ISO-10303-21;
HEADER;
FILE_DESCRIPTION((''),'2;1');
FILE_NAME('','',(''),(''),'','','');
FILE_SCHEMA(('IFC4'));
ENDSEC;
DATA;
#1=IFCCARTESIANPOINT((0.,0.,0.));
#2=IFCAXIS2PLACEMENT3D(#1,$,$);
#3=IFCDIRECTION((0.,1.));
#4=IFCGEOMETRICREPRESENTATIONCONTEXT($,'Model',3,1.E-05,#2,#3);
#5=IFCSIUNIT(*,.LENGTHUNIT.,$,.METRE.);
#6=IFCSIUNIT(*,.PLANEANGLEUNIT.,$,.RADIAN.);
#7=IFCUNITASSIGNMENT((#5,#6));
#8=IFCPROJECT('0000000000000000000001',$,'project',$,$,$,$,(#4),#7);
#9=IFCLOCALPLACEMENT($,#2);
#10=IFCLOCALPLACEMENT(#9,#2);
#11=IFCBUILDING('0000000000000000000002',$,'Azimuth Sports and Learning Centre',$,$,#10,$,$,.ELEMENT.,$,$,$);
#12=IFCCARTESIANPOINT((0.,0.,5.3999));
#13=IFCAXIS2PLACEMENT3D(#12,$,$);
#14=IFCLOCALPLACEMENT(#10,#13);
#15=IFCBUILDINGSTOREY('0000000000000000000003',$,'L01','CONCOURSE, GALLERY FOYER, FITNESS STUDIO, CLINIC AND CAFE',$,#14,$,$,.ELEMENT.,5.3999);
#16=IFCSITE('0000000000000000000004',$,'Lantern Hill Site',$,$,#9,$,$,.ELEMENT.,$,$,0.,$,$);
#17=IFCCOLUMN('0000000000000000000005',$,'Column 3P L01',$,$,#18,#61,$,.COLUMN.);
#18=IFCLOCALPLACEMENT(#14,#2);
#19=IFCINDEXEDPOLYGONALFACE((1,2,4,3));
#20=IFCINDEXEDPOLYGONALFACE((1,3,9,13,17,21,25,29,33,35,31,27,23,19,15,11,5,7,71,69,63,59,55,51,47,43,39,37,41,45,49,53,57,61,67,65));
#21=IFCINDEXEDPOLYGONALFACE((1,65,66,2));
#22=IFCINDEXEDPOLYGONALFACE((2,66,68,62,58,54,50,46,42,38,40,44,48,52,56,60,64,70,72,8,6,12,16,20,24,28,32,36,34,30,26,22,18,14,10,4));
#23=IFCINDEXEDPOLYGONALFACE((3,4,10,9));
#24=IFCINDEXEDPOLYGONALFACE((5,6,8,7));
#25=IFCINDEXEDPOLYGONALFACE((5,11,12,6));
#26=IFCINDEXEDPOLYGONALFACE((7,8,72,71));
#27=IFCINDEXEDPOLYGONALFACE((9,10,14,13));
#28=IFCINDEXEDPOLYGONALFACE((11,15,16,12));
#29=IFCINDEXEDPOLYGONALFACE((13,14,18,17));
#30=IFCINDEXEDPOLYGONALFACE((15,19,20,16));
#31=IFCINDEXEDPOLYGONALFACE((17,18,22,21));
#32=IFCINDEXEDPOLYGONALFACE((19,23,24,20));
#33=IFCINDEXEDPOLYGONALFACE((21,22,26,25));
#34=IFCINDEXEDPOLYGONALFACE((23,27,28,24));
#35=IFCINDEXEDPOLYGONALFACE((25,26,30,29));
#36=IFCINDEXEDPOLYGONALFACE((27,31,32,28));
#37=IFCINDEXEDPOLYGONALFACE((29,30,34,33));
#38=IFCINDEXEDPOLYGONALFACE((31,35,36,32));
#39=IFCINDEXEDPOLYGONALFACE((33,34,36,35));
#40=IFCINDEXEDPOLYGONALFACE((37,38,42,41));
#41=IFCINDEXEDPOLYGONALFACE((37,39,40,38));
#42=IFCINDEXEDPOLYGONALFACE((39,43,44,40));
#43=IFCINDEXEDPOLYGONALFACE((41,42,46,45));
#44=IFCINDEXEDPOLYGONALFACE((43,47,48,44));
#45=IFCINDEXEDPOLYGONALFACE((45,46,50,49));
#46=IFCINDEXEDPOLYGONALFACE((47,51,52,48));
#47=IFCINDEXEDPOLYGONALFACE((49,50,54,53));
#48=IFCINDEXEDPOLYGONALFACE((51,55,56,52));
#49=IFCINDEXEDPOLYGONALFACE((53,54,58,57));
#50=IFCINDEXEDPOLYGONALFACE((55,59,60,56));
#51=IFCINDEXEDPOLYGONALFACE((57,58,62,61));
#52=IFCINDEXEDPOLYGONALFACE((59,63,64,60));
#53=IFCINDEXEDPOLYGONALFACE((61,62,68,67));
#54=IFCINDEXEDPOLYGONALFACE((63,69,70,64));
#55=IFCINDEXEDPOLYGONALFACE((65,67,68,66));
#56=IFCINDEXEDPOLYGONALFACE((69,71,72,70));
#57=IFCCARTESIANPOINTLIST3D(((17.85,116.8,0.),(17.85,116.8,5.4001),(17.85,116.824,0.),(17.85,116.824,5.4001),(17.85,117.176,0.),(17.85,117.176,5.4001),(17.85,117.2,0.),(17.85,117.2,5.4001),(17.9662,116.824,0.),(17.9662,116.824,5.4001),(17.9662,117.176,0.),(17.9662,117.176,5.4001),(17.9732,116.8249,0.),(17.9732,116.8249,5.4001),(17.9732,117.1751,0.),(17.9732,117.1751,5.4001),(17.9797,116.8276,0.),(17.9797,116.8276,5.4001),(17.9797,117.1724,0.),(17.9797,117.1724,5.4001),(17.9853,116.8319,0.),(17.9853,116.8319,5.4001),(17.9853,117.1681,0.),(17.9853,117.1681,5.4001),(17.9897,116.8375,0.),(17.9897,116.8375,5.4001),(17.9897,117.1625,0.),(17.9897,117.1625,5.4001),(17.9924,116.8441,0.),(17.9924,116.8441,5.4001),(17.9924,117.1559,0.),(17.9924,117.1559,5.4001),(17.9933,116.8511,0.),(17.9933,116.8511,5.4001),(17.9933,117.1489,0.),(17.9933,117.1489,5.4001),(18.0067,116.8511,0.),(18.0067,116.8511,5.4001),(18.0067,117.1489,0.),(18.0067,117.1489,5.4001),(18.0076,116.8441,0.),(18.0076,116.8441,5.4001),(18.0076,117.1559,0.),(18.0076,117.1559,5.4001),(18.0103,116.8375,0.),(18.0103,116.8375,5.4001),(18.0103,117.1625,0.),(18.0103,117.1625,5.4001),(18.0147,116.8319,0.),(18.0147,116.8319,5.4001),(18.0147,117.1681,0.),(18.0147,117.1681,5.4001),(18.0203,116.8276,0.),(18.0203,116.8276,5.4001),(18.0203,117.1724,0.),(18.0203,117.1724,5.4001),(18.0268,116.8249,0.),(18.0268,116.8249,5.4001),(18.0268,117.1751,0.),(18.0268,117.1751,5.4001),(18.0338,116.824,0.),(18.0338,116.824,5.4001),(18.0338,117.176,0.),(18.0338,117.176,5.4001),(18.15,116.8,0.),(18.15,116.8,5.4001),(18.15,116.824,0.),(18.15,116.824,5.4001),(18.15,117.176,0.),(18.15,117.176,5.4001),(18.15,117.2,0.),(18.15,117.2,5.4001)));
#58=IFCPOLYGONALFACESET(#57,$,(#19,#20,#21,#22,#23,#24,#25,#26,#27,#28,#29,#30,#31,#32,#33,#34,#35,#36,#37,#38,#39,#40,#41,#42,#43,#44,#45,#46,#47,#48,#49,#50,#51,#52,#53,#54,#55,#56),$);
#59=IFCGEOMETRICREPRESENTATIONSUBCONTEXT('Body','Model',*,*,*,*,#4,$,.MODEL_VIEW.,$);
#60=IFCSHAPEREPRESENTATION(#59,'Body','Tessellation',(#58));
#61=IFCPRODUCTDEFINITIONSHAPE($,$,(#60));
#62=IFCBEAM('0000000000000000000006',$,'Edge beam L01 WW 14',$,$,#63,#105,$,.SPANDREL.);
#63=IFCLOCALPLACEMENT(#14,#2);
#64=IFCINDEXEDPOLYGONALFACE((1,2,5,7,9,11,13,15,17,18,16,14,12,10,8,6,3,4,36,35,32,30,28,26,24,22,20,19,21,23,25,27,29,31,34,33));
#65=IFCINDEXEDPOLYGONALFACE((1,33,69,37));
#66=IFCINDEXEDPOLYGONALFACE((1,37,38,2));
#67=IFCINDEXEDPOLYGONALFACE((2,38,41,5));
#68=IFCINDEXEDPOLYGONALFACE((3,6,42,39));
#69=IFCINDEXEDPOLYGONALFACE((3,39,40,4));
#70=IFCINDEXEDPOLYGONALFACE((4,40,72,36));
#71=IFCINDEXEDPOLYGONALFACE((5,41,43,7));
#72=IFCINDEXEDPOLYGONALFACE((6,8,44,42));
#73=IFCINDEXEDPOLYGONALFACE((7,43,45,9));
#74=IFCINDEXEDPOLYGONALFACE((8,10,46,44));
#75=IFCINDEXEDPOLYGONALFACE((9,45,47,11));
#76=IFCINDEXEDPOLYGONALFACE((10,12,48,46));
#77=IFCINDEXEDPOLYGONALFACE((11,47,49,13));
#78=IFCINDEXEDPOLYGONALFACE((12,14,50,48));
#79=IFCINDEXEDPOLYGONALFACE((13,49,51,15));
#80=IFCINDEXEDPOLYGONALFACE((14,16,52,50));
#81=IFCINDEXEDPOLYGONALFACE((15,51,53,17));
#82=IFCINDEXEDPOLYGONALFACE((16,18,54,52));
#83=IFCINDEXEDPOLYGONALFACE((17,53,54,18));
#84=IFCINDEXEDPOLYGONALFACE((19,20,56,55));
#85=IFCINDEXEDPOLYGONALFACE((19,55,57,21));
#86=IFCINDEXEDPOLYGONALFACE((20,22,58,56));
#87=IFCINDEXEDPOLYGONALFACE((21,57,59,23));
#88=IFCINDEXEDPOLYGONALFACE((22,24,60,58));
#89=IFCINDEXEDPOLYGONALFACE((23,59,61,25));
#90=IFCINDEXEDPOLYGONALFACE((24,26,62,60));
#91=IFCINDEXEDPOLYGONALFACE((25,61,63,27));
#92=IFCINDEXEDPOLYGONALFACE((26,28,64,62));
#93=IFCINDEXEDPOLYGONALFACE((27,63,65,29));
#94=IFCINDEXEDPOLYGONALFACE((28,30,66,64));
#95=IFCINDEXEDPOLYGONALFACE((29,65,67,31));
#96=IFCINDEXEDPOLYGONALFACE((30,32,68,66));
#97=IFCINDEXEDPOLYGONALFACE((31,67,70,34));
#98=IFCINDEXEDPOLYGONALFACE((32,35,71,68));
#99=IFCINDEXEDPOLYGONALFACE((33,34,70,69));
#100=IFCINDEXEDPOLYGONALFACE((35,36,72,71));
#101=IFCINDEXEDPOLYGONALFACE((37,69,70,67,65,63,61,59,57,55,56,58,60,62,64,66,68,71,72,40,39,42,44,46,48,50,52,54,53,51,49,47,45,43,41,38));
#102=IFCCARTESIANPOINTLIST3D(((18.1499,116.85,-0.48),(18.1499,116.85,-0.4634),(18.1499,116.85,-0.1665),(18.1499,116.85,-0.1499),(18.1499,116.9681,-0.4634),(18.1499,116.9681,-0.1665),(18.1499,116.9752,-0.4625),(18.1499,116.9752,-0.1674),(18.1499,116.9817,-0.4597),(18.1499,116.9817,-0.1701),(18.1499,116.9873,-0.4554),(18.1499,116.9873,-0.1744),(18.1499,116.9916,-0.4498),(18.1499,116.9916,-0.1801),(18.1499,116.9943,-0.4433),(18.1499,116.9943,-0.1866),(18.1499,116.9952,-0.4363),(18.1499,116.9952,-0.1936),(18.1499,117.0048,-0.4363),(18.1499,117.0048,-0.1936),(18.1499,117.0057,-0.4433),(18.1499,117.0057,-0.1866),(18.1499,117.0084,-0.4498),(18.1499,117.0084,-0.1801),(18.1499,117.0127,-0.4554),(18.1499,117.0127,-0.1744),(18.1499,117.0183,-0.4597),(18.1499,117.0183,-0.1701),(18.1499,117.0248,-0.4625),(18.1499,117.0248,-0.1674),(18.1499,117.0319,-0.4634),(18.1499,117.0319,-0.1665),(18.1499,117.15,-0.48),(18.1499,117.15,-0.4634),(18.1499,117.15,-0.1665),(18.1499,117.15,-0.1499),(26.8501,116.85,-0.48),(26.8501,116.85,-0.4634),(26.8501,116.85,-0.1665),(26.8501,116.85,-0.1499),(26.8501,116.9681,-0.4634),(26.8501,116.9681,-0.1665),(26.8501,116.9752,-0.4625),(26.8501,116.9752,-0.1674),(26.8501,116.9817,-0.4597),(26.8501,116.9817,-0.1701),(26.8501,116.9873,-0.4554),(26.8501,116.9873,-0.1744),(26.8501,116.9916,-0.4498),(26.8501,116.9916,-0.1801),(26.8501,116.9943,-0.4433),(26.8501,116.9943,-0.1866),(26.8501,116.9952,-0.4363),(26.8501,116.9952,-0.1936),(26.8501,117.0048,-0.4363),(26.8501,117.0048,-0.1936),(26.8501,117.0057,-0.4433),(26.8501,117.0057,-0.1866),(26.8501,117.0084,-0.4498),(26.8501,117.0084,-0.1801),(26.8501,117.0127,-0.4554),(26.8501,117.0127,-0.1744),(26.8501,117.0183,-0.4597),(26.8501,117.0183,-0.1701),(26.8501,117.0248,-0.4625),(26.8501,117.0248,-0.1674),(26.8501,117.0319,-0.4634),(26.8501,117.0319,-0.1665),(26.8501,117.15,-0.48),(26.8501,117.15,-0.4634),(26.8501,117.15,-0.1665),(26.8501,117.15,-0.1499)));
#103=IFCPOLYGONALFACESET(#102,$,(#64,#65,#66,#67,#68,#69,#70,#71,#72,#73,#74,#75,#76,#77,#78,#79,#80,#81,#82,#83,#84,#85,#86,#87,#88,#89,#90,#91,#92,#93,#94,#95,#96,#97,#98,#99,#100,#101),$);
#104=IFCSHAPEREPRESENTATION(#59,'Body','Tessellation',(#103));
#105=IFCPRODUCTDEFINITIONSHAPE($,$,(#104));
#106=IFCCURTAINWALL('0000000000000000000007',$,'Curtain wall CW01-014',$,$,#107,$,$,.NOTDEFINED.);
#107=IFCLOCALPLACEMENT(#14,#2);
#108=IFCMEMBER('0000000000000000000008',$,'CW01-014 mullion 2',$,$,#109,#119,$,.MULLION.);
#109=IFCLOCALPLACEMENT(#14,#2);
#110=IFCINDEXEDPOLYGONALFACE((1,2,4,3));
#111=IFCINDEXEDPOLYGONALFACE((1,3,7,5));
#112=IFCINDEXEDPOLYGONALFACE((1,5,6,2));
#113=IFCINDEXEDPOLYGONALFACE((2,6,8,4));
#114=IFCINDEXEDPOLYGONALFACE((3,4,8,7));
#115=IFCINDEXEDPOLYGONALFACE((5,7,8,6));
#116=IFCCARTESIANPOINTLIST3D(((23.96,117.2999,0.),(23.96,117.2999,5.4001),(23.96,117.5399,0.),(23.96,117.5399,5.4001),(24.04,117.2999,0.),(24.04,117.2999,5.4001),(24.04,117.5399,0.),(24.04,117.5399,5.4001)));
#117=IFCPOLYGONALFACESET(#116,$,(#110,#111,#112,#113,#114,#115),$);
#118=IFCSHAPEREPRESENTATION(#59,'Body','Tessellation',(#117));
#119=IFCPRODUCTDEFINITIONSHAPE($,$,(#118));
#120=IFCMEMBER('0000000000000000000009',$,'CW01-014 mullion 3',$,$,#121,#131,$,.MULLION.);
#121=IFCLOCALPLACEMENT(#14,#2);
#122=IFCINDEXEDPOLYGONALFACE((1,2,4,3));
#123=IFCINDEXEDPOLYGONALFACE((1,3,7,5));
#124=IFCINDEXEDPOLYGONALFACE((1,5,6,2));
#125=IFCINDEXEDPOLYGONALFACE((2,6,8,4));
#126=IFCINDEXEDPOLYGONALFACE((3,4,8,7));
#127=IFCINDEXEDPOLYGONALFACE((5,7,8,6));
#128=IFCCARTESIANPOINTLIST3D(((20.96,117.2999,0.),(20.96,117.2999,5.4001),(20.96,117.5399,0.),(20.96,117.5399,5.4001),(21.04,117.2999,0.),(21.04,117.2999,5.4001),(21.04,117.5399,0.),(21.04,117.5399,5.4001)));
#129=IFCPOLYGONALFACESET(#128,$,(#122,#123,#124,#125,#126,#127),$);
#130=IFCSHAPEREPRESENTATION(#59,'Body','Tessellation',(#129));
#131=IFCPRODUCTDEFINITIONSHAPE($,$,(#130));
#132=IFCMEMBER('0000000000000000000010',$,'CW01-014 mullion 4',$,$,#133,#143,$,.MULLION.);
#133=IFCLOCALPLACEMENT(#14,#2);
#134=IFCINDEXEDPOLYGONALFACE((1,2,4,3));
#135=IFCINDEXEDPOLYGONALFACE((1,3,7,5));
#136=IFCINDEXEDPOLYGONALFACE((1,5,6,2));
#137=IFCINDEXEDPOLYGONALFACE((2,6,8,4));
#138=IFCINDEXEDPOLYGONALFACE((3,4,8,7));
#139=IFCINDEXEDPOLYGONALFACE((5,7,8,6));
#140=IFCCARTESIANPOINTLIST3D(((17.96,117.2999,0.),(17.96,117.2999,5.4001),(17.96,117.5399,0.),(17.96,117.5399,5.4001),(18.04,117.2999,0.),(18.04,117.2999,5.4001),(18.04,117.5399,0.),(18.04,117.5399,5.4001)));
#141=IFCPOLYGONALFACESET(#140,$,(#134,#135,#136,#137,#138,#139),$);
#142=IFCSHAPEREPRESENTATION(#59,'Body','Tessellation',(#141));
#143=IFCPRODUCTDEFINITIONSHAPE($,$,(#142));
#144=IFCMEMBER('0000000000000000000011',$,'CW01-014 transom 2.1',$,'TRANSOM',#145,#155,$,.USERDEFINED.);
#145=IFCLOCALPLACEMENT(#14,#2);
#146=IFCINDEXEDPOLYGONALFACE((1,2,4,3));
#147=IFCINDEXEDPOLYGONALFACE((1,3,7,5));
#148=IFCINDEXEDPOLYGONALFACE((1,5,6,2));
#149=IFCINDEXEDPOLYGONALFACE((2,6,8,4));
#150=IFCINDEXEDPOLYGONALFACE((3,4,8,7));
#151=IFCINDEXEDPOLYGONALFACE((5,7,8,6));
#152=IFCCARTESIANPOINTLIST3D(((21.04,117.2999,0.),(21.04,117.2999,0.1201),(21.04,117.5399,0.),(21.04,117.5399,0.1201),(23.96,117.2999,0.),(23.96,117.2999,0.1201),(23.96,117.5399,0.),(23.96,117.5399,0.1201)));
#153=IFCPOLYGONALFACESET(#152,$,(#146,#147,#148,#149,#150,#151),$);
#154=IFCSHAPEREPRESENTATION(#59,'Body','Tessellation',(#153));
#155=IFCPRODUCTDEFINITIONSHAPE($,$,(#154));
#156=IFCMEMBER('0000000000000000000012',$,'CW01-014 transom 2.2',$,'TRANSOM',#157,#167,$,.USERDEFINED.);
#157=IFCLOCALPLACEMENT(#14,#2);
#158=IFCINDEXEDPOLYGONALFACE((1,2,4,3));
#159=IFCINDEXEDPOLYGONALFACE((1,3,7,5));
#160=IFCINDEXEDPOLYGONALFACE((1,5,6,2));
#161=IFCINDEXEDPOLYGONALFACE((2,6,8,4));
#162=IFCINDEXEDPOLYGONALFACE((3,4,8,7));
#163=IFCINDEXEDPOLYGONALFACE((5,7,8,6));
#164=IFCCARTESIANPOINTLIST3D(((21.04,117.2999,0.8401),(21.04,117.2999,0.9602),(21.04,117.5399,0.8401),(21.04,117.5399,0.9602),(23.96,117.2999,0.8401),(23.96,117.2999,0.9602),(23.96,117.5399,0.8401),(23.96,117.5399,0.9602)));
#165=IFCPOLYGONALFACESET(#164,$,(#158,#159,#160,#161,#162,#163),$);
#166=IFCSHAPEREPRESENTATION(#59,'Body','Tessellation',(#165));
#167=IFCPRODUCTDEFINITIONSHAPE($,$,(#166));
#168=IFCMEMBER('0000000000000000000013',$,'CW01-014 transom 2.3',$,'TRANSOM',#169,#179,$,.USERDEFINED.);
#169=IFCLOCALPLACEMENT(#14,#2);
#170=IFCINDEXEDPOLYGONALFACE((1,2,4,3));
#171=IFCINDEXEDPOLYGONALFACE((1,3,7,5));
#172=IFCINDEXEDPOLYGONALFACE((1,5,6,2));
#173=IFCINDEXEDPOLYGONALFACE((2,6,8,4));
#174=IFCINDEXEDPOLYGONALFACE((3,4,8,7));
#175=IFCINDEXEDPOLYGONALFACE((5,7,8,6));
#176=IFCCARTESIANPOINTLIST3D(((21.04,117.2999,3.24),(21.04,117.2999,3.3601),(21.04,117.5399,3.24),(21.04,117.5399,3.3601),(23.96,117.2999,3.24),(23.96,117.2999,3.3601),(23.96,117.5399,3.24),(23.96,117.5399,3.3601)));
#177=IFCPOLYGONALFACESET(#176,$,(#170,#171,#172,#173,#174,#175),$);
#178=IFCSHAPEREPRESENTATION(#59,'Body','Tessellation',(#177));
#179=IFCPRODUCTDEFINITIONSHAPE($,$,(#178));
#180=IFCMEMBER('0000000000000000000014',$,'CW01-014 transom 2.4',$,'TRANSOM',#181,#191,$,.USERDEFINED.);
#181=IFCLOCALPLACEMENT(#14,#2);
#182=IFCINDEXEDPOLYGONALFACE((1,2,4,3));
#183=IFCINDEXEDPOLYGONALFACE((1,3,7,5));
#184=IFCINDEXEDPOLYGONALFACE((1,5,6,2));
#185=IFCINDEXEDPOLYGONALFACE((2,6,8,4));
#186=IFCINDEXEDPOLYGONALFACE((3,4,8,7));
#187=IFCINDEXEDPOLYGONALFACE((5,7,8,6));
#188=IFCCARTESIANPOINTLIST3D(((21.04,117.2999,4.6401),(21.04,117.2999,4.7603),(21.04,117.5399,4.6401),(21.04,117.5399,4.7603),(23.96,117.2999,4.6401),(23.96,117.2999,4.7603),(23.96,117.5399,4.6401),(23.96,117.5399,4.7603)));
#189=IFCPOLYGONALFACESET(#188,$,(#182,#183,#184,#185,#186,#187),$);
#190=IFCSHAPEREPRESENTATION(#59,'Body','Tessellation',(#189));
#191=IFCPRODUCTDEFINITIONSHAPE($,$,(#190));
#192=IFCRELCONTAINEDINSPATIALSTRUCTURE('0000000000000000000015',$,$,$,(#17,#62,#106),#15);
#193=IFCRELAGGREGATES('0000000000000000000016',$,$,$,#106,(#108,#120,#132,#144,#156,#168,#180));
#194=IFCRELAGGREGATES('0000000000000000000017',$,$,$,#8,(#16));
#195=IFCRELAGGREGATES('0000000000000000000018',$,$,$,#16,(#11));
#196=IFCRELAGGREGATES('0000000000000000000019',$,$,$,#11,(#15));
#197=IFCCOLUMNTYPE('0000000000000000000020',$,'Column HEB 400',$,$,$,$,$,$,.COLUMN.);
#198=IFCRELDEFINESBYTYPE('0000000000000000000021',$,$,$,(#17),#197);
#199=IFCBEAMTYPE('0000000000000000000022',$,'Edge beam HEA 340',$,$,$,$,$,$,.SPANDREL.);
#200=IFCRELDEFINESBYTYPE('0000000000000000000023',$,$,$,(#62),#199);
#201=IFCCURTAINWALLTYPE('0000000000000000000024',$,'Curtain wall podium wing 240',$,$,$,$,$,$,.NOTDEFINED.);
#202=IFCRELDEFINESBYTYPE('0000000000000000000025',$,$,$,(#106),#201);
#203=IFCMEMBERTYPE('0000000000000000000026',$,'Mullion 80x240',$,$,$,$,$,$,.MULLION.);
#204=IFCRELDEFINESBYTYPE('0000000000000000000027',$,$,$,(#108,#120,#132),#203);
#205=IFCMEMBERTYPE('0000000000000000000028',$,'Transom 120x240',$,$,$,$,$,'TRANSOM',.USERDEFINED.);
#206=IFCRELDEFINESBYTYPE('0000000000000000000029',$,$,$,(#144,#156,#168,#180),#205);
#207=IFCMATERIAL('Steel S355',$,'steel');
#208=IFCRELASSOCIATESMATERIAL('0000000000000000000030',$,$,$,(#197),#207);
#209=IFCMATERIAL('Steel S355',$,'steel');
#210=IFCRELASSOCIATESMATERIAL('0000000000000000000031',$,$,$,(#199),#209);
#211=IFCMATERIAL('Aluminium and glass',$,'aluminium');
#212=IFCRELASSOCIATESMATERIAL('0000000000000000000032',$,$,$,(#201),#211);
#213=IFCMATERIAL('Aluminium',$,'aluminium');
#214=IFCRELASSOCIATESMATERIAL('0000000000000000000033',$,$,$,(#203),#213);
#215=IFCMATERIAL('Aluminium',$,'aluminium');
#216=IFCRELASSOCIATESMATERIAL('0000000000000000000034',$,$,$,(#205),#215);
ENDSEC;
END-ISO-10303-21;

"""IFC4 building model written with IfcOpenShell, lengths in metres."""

from ifc_helpers import new_model, si_unit, direction, frame, origin, origin_2d, place, context, subcontext, project, spatial, rectangle, i_section, extrude, material, material_profile, profile_set, type_object, element, aggregate, save


model = new_model("IFC4")

# Units and contexts
model_context = context("Model", 3, precision=1e-05, world=origin(), true_north=direction((0.0, 1.0)))
body_context = subcontext(model_context, "Body", "Model", "MODEL_VIEW")
ifc_project = project(units=[si_unit("LENGTHUNIT", "METRE"), si_unit("PLANEANGLEUNIT", "RADIAN")], contexts=[model_context])

# Site, building, storey
site_placement = place(None, origin())
site = spatial("IfcSite", under=ifc_project, at=site_placement, Name="Lantern Hill Site", CompositionType="ELEMENT", RefElevation=0.0)
building_placement = place(site_placement, origin())
building = spatial("IfcBuilding", under=site, at=building_placement, Name="Azimuth Sports and Learning Centre", CompositionType="ELEMENT")
storey_placement = place(building_placement, frame((0.0, 0.0, 5.3999)))
storey = spatial("IfcBuildingStorey", under=building, at=storey_placement, Name="L01", Description="CONCOURSE, GALLERY FOYER, FITNESS STUDIO, CLINIC AND CAFE", CompositionType="ELEMENT", Elevation=5.3999)

# Column
ifc_material_1 = material(Name="Steel S355", Category="steel")
ifc_material_profile_1 = material_profile(ifc_material_1, i_section(OverallWidth=0.3, OverallDepth=0.3999, WebThickness=0.0134, FlangeThickness=0.0239, FilletRadius=0.0271, at=origin_2d()), Name="HEB 400")
ifc_profile_set_1 = profile_set([ifc_material_profile_1], Name="Steel S355")
column_type = type_object("IfcColumnType", Name="Column HEB 400", PredefinedType="COLUMN", material=ifc_profile_set_1)
column_placement = place(storey_placement, frame((18.0, 117.0, 0.0), z_axis=(0.0, 0.0, 1.0), x_axis=(1.0, 0.0, 0.0)))
element("IfcColumn", 1, at=column_placement, inside=storey, type_object=column_type, Name="Column 3P L01", PredefinedType="COLUMN", context=body_context, shape_type="SweptSolid", body=[
    extrude(i_section(OverallWidth=0.3, OverallDepth=0.3999, WebThickness=0.0134, FlangeThickness=0.0239, FilletRadius=0.0271, at=origin_2d()), origin(), (0.0, 0.0, 1.0), 5.4001),
])

# Beam
ifc_material_2 = material(Name="Steel S355", Category="steel")
ifc_material_profile_2 = material_profile(ifc_material_2, i_section(OverallWidth=0.3, OverallDepth=0.3301, WebThickness=0.0095, FlangeThickness=0.0166, FilletRadius=0.0271, at=origin_2d()), Name="HEA 340")
ifc_profile_set_2 = profile_set([ifc_material_profile_2], Name="Steel S355")
beam_type = type_object("IfcBeamType", Name="Edge beam HEA 340", PredefinedType="SPANDREL", material=ifc_profile_set_2)
beam_placement = place(storey_placement, frame((18.1499, 117.0, -0.3149), z_axis=(1.0, 0.0, 0.0), x_axis=(0.0, 1.0, 0.0)))
element("IfcBeam", 2, at=beam_placement, inside=storey, type_object=beam_type, Name="Edge beam L01 WW 14", PredefinedType="SPANDREL", context=body_context, shape_type="SweptSolid", body=[
    extrude(i_section(OverallWidth=0.3, OverallDepth=0.3301, WebThickness=0.0095, FlangeThickness=0.0166, FilletRadius=0.0271, at=origin_2d()), origin(), (0.0, 0.0, 1.0), 8.7002),
])

# Curtain wall, members
ifc_material_3 = material(Name="Aluminium and glass", Category="aluminium")
curtain_wall_type = type_object("IfcCurtainWallType", Name="Curtain wall podium wing 240", PredefinedType="NOTDEFINED", material=ifc_material_3)
curtain_wall_placement = place(storey_placement, origin())
curtain_wall = element("IfcCurtainWall", 3, at=curtain_wall_placement, inside=storey, type_object=curtain_wall_type, Name="Curtain wall CW01-014", PredefinedType="NOTDEFINED")
ifc_material_4 = material(Name="Aluminium", Category="aluminium")
ifc_material_profile_3 = material_profile(ifc_material_4, rectangle(XDim=0.24, YDim=0.0801, at=origin_2d()), Name="Mullion 80x240")
ifc_profile_set_3 = profile_set([ifc_material_profile_3], Name="Aluminium")
member_type_1 = type_object("IfcMemberType", Name="Mullion 80x240", PredefinedType="MULLION", material=ifc_profile_set_3)
member_1_placement = place(storey_placement, frame((24.0, 117.4199, 0.0), z_axis=(0.0, 0.0, 1.0), x_axis=(0.0, -1.0, 0.0)))
member_1 = element("IfcMember", 4, at=member_1_placement, type_object=member_type_1, Name="CW01-014 mullion 2", PredefinedType="MULLION", context=body_context, shape_type="SweptSolid", body=[
    extrude(rectangle(XDim=0.24, YDim=0.0801, at=origin_2d()), origin(), (0.0, 0.0, 1.0), 5.4001),
])
member_2_placement = place(storey_placement, frame((21.0, 117.4199, 0.0), z_axis=(0.0, 0.0, 1.0), x_axis=(0.0, -1.0, 0.0)))
member_2 = element("IfcMember", 5, at=member_2_placement, type_object=member_type_1, Name="CW01-014 mullion 3", PredefinedType="MULLION", context=body_context, shape_type="SweptSolid", body=[
    extrude(rectangle(XDim=0.24, YDim=0.0801, at=origin_2d()), origin(), (0.0, 0.0, 1.0), 5.4001),
])
member_3_placement = place(storey_placement, frame((18.0, 117.4199, 0.0), z_axis=(0.0, 0.0, 1.0), x_axis=(0.0, -1.0, 0.0)))
member_3 = element("IfcMember", 6, at=member_3_placement, type_object=member_type_1, Name="CW01-014 mullion 4", PredefinedType="MULLION", context=body_context, shape_type="SweptSolid", body=[
    extrude(rectangle(XDim=0.24, YDim=0.0801, at=origin_2d()), origin(), (0.0, 0.0, 1.0), 5.4001),
])
ifc_material_5 = material(Name="Aluminium", Category="aluminium")
ifc_material_profile_4 = material_profile(ifc_material_5, rectangle(XDim=0.24, YDim=0.1201, at=origin_2d()), Name="Transom 120x240")
ifc_profile_set_4 = profile_set([ifc_material_profile_4], Name="Aluminium")
member_type_2 = type_object("IfcMemberType", Name="Transom 120x240", ElementType="TRANSOM", PredefinedType="USERDEFINED", material=ifc_profile_set_4)
member_4_placement = place(storey_placement, frame((23.96, 117.4199, 0.0601), z_axis=(-1.0, 0.0, 0.0), x_axis=(0.0, -1.0, 0.0)))
member_4 = element("IfcMember", 7, at=member_4_placement, type_object=member_type_2, Name="CW01-014 transom 2.1", ObjectType="TRANSOM", PredefinedType="USERDEFINED", context=body_context, shape_type="SweptSolid", body=[
    extrude(rectangle(XDim=0.24, YDim=0.1201, at=origin_2d()), origin(), (0.0, 0.0, 1.0), 2.9199),
])
member_5_placement = place(storey_placement, frame((23.96, 117.4199, 0.9001), z_axis=(-1.0, 0.0, 0.0), x_axis=(0.0, -1.0, 0.0)))
member_5 = element("IfcMember", 8, at=member_5_placement, type_object=member_type_2, Name="CW01-014 transom 2.2", ObjectType="TRANSOM", PredefinedType="USERDEFINED", context=body_context, shape_type="SweptSolid", body=[
    extrude(rectangle(XDim=0.24, YDim=0.1201, at=origin_2d()), origin(), (0.0, 0.0, 1.0), 2.9199),
])
member_6_placement = place(storey_placement, frame((23.96, 117.4199, 3.3), z_axis=(-1.0, 0.0, 0.0), x_axis=(0.0, -1.0, 0.0)))
member_6 = element("IfcMember", 9, at=member_6_placement, type_object=member_type_2, Name="CW01-014 transom 2.3", ObjectType="TRANSOM", PredefinedType="USERDEFINED", context=body_context, shape_type="SweptSolid", body=[
    extrude(rectangle(XDim=0.24, YDim=0.1201, at=origin_2d()), origin(), (0.0, 0.0, 1.0), 2.9199),
])
member_7_placement = place(storey_placement, frame((23.96, 117.4199, 4.7002), z_axis=(-1.0, 0.0, 0.0), x_axis=(0.0, -1.0, 0.0)))
member_7 = element("IfcMember", 10, at=member_7_placement, type_object=member_type_2, Name="CW01-014 transom 2.4", ObjectType="TRANSOM", PredefinedType="USERDEFINED", context=body_context, shape_type="SweptSolid", body=[
    extrude(rectangle(XDim=0.24, YDim=0.1201, at=origin_2d()), origin(), (0.0, 0.0, 1.0), 2.9199),
])
aggregate(curtain_wall, [member_1, member_2, member_3, member_4, member_5, member_6, member_7])

save(model, "model.ifc")
